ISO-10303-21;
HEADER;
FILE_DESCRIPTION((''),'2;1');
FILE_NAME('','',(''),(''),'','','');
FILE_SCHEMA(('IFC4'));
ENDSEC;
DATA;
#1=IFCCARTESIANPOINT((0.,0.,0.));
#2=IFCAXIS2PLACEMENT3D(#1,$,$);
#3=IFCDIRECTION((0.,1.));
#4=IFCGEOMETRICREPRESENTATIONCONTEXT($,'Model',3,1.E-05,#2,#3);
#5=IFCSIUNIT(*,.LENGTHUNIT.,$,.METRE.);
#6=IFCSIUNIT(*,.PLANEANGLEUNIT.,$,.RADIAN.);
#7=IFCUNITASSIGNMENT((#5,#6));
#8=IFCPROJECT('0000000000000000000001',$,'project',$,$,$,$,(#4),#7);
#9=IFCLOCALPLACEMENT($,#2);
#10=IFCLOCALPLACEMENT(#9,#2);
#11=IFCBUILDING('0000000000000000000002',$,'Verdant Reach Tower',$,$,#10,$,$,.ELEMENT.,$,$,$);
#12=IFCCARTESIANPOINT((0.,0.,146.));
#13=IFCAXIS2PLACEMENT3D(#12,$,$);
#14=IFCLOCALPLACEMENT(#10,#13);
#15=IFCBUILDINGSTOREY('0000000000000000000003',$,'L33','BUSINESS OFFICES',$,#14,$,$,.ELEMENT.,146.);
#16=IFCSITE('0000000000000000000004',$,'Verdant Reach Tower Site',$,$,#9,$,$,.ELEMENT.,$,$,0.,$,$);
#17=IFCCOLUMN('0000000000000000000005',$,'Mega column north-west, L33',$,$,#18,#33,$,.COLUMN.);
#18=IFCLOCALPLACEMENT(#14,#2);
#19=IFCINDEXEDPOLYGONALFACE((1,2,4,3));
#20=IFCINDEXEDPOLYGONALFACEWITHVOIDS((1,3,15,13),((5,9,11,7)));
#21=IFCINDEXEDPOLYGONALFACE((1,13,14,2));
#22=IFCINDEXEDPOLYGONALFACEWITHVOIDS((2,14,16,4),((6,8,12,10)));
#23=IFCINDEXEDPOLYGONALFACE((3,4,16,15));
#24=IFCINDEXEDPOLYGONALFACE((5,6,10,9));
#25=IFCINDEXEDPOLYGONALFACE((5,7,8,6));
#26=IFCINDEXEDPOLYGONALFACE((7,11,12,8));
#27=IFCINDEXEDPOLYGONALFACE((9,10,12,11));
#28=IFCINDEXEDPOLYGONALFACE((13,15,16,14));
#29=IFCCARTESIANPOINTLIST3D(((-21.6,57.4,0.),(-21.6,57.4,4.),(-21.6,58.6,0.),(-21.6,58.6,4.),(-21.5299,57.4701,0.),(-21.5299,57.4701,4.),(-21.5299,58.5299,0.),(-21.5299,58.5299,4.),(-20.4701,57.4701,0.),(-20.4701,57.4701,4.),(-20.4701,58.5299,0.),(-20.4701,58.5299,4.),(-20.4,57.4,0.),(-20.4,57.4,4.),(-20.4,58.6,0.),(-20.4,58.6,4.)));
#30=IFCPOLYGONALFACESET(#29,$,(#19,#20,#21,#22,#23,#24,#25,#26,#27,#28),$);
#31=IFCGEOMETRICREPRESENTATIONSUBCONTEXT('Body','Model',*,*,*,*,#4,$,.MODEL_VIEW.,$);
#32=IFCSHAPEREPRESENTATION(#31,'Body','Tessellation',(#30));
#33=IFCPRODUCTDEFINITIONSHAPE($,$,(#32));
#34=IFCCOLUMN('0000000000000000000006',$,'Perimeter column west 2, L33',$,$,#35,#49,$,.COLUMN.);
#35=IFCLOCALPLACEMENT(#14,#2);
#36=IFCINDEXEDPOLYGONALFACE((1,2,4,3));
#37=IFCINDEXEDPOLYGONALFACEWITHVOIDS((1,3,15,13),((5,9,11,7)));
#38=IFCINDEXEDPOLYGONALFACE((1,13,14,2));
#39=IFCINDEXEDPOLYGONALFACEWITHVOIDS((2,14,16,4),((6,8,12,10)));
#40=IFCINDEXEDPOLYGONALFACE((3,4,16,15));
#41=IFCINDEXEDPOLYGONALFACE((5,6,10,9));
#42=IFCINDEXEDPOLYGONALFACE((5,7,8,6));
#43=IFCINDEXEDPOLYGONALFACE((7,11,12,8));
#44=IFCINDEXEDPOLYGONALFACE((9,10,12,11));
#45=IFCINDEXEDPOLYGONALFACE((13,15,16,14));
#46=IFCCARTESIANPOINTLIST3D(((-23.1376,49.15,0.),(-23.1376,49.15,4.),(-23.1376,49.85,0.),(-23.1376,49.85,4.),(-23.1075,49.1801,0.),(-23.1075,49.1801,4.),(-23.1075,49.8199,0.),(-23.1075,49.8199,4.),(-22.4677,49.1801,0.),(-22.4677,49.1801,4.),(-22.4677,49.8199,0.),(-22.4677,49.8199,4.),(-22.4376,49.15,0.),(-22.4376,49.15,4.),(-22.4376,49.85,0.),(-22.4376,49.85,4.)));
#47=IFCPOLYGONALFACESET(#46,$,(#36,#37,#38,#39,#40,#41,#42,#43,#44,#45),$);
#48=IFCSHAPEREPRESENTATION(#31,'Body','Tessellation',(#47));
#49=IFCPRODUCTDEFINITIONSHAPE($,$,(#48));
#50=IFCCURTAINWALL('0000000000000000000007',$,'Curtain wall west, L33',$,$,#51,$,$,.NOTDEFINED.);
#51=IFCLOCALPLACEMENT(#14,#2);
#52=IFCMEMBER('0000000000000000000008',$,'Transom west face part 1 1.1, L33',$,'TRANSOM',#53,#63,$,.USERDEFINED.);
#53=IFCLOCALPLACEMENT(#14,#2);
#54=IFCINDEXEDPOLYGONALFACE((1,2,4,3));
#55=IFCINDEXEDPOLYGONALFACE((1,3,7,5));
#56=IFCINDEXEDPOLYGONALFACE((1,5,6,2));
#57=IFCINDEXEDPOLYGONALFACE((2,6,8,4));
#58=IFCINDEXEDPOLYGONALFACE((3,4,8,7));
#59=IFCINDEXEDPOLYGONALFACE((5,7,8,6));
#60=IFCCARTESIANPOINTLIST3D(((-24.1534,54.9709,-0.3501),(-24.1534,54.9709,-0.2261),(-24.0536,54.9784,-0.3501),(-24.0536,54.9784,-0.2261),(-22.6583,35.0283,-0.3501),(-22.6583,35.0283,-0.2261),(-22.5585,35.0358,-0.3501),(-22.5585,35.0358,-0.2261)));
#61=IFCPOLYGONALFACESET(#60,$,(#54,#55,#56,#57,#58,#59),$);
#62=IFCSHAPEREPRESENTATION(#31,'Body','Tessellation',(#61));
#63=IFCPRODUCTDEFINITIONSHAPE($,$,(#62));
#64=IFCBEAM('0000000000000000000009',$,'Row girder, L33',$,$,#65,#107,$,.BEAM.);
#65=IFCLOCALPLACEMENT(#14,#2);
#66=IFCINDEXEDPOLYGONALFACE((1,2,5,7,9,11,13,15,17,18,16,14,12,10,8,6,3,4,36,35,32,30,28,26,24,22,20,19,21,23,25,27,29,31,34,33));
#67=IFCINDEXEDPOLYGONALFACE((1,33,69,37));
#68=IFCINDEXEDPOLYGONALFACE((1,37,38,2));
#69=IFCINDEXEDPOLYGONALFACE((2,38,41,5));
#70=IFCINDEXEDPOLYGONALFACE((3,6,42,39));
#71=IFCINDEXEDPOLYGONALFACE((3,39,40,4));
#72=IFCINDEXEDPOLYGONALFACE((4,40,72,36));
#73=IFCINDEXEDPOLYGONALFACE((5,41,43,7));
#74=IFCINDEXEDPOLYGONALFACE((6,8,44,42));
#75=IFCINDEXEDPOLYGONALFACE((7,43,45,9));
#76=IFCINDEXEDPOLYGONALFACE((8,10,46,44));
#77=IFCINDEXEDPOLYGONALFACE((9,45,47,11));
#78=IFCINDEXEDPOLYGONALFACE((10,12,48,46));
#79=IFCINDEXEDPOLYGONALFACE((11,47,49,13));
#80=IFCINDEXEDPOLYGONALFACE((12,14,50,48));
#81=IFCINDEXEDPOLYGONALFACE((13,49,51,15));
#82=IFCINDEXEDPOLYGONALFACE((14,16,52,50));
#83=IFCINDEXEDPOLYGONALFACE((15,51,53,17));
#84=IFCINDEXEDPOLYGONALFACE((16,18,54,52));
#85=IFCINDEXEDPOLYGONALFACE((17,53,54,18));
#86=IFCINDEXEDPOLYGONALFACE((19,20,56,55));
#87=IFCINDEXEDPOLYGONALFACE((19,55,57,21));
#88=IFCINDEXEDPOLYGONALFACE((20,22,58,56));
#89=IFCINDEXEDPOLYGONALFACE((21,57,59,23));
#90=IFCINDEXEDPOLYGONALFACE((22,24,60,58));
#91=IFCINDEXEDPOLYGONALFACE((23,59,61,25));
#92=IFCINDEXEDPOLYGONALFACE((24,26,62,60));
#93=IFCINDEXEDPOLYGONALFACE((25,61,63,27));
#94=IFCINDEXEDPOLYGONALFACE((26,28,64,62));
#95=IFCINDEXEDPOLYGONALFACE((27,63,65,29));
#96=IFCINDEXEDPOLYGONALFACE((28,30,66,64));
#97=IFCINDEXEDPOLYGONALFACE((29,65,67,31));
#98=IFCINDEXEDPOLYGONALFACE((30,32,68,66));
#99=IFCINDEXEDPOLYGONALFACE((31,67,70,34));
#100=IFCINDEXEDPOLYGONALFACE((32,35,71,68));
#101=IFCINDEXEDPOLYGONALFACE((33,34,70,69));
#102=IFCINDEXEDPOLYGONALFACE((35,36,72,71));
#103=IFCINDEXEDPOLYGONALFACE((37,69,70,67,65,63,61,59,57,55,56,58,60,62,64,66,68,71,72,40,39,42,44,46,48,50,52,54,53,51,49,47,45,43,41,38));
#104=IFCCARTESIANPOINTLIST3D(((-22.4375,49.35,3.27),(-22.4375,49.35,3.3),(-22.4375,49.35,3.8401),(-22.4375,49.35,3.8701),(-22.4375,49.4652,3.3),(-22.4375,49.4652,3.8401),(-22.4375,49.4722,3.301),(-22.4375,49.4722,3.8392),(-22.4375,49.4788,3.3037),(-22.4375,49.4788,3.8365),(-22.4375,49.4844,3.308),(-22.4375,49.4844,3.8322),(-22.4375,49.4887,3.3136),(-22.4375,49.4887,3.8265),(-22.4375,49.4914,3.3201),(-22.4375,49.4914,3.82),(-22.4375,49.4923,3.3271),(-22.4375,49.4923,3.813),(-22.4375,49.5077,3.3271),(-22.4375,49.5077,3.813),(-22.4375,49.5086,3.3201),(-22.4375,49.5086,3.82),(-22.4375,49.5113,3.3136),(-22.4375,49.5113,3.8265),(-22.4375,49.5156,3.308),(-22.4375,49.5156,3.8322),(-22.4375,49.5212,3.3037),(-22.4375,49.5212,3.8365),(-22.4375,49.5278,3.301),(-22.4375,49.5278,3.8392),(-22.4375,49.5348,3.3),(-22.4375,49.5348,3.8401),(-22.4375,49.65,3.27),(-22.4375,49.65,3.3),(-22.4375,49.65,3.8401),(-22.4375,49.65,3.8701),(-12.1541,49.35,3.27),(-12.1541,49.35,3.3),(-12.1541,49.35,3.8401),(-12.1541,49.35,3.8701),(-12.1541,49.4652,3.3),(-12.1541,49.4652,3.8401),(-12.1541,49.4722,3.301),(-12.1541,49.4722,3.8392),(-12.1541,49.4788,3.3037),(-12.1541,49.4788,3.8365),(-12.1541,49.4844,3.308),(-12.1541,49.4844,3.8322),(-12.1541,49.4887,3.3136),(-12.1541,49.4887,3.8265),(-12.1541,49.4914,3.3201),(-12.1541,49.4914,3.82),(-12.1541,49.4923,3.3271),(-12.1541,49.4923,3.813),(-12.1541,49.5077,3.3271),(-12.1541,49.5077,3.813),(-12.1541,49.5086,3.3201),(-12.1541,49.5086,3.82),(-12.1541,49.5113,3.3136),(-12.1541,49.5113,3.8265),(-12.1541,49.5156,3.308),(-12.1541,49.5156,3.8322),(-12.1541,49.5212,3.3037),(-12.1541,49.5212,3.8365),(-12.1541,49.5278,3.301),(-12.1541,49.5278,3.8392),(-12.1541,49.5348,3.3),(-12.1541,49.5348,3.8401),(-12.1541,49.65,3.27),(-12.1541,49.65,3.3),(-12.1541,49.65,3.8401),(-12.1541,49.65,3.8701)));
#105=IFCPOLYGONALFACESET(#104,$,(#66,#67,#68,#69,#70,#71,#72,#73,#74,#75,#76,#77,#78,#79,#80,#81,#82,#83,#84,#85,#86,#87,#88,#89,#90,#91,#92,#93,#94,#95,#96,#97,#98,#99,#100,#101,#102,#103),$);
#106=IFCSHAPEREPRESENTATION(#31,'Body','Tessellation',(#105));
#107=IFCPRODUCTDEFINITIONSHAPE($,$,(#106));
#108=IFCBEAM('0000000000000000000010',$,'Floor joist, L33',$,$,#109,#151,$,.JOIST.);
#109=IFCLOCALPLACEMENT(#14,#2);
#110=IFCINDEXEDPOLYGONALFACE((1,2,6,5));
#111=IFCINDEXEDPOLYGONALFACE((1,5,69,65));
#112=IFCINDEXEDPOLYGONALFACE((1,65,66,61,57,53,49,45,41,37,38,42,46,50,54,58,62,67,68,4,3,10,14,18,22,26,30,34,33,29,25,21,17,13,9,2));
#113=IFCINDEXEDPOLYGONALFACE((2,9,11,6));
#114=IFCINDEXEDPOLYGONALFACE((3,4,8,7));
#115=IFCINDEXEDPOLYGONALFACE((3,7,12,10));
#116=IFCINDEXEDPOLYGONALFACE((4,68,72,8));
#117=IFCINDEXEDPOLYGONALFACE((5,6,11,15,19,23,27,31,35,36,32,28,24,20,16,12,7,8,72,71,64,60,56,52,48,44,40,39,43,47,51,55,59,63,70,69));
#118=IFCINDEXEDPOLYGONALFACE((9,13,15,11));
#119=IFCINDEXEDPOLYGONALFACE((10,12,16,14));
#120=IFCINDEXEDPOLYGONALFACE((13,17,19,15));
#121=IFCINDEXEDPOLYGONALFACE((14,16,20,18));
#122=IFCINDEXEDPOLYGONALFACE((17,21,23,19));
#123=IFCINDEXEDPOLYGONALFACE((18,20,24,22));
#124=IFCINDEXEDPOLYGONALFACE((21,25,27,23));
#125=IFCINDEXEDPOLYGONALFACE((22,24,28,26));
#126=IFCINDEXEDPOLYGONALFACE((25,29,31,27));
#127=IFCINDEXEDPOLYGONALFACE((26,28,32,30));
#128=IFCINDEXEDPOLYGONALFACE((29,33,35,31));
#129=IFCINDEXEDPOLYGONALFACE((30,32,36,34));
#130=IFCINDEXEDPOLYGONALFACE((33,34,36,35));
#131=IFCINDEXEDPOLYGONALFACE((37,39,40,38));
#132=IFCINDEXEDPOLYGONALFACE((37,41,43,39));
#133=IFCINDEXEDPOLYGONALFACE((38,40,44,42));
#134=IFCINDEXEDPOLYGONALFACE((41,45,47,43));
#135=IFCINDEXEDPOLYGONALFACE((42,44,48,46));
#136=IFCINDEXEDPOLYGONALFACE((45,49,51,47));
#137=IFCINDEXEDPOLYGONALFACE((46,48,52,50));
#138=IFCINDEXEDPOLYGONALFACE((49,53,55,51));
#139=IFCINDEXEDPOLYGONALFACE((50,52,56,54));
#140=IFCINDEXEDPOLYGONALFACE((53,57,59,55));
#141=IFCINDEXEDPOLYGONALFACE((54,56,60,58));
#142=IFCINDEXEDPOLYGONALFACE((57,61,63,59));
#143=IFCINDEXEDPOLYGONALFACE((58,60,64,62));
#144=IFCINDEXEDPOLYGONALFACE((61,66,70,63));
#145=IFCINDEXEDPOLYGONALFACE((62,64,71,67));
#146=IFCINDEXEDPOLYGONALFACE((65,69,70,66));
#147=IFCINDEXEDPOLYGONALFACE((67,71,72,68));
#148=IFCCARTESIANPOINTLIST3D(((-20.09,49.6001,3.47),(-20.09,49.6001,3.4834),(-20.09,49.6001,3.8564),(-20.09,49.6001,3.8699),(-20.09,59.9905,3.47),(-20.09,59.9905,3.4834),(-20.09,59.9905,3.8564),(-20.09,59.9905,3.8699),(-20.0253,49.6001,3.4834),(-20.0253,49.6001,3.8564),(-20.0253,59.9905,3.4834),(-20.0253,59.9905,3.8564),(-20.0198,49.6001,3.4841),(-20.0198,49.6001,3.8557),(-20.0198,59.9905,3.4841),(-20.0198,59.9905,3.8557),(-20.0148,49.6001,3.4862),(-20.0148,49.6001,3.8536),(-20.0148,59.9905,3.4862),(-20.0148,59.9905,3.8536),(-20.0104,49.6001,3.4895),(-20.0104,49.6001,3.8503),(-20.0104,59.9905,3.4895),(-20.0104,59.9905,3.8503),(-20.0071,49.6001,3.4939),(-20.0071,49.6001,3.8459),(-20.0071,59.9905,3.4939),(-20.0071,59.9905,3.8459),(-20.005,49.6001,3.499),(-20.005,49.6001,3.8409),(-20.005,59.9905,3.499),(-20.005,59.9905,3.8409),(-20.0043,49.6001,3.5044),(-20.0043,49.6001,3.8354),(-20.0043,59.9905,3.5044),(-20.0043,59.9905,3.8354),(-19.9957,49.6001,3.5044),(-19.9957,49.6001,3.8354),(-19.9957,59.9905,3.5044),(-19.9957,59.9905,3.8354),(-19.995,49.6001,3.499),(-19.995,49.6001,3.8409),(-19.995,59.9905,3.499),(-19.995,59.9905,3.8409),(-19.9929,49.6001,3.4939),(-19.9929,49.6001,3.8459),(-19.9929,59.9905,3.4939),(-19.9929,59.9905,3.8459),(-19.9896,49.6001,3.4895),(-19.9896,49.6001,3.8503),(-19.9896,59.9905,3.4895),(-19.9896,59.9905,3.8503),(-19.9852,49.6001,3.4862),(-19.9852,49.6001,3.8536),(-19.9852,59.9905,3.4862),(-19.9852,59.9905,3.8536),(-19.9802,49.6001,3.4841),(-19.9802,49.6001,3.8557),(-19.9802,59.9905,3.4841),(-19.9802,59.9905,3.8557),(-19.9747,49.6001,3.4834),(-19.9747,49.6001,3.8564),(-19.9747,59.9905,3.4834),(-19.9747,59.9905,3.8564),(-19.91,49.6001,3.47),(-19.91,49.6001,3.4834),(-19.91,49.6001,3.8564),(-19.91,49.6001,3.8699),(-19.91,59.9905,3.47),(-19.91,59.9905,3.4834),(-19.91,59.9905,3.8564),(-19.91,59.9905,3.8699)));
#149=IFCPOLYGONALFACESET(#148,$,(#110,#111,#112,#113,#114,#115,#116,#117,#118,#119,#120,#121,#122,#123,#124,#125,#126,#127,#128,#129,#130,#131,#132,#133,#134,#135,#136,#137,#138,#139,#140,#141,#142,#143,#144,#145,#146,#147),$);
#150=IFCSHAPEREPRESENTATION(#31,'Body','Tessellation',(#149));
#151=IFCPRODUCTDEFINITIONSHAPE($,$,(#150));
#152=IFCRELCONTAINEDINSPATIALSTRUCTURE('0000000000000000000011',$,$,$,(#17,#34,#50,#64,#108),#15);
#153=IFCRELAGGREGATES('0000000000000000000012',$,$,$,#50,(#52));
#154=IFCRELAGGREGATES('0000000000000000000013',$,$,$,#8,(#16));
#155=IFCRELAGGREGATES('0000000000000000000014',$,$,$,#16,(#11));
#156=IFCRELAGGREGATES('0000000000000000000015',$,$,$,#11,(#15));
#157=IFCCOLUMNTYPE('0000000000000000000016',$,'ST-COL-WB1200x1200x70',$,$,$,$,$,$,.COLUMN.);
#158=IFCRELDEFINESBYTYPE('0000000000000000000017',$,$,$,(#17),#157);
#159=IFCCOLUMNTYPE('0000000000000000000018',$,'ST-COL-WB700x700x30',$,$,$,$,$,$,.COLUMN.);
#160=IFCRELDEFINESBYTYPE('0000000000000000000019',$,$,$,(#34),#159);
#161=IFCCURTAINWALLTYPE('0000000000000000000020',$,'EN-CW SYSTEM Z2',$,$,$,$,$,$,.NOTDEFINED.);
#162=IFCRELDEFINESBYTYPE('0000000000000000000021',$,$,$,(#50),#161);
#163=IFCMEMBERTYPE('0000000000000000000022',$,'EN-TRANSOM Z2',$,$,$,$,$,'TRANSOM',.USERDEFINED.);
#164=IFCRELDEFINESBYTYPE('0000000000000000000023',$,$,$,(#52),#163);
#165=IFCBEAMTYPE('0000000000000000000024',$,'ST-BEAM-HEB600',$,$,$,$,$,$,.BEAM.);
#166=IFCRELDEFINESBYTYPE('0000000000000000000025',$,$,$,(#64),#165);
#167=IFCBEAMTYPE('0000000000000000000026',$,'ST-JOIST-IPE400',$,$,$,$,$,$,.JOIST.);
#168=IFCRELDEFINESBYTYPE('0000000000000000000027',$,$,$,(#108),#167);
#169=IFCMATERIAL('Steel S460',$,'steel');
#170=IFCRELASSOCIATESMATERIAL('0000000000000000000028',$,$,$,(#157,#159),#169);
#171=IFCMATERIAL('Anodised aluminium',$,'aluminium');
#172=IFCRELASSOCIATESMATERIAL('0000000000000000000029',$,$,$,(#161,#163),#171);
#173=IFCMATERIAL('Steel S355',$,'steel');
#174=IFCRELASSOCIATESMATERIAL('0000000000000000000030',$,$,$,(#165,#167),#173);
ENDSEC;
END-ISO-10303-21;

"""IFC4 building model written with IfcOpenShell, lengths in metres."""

from ifc_helpers import new_model, si_unit, direction, frame, origin, origin_2d, place, context, subcontext, project, spatial, rectangle, hollow_rectangle, i_section, extrude, material, material_profile, profile_set, type_object, element, aggregate, save


model = new_model("IFC4")

# Units and contexts
model_context = context("Model", 3, precision=1e-05, world=origin(), true_north=direction((0.0, 1.0)))
body_context = subcontext(model_context, "Body", "Model", "MODEL_VIEW")
ifc_project = project(units=[si_unit("LENGTHUNIT", "METRE"), si_unit("PLANEANGLEUNIT", "RADIAN")], contexts=[model_context])

# Site, building, storey
site_placement = place(None, origin())
site = spatial("IfcSite", under=ifc_project, at=site_placement, Name="Verdant Reach Tower Site", CompositionType="ELEMENT", RefElevation=0.0)
building_placement = place(site_placement, origin())
building = spatial("IfcBuilding", under=site, at=building_placement, Name="Verdant Reach Tower", CompositionType="ELEMENT")
storey_placement = place(building_placement, frame((0.0, 0.0, 146.0)))
storey = spatial("IfcBuildingStorey", under=building, at=storey_placement, Name="L33", Description="BUSINESS OFFICES", CompositionType="ELEMENT", Elevation=146.0)

# Columns
ifc_material_1 = material(Name="Steel S460", Category="steel")
ifc_material_profile_1 = material_profile(ifc_material_1, hollow_rectangle(XDim=1.2, YDim=1.2, WallThickness=0.0701, at=origin_2d()), Name="WB 1200x1200x70")
ifc_profile_set_1 = profile_set([ifc_material_profile_1], Name="Steel S460")
column_type_1 = type_object("IfcColumnType", Name="ST-COL-WB1200x1200x70", PredefinedType="COLUMN", material=ifc_profile_set_1)
column_1_placement = place(storey_placement, frame((-21.0, 58.0, 0.0), z_axis=(0.0, 0.0, 1.0), x_axis=(1.0, 0.0, 0.0)))
element("IfcColumn", 1, at=column_1_placement, inside=storey, type_object=column_type_1, Name="Mega column north-west, L33", PredefinedType="COLUMN", context=body_context, shape_type="SweptSolid", body=[
    extrude(hollow_rectangle(XDim=1.2, YDim=1.2, WallThickness=0.0701, at=origin_2d()), origin(), (0.0, 0.0, 1.0), 4.0),
])
ifc_material_profile_2 = material_profile(ifc_material_1, hollow_rectangle(XDim=0.7, YDim=0.7, WallThickness=0.03, at=origin_2d()), Name="WB 700x700x30")
ifc_profile_set_2 = profile_set([ifc_material_profile_2], Name="Steel S460")
column_type_2 = type_object("IfcColumnType", Name="ST-COL-WB700x700x30", PredefinedType="COLUMN", material=ifc_profile_set_2)
column_2_placement = place(storey_placement, frame((-22.7876, 49.5, 0.0), z_axis=(0.0, 0.0, 1.0), x_axis=(1.0, 0.0, 0.0)))
element("IfcColumn", 2, at=column_2_placement, inside=storey, type_object=column_type_2, Name="Perimeter column west 2, L33", PredefinedType="COLUMN", context=body_context, shape_type="SweptSolid", body=[
    extrude(hollow_rectangle(XDim=0.7, YDim=0.7, WallThickness=0.03, at=origin_2d()), origin(), (0.0, 0.0, 1.0), 4.0),
])

# Curtain wall, member
ifc_material_2 = material(Name="Anodised aluminium", Category="aluminium")
curtain_wall_type = type_object("IfcCurtainWallType", Name="EN-CW SYSTEM Z2", PredefinedType="NOTDEFINED", material=ifc_material_2)
curtain_wall_1_placement = place(storey_placement, origin())
curtain_wall_1 = element("IfcCurtainWall", 3, at=curtain_wall_1_placement, inside=storey, type_object=curtain_wall_type, Name="Curtain wall west, L33", PredefinedType="NOTDEFINED")
ifc_material_profile_3 = material_profile(ifc_material_2, rectangle(XDim=0.1001, YDim=0.124, at=origin_2d()), Name="Transom 124x100")
ifc_profile_set_3 = profile_set([ifc_material_profile_3], Name="Anodised aluminium")
member_type = type_object("IfcMemberType", Name="EN-TRANSOM Z2", ElementType="TRANSOM", PredefinedType="USERDEFINED", material=ifc_profile_set_3)
member_placement = place(storey_placement, frame((-24.1035, 54.9746, -0.2881), z_axis=(0.074761, -0.997201, 0.0), x_axis=(0.997201, 0.074761, 0.0)))
member = element("IfcMember", 4, at=member_placement, type_object=member_type, Name="Transom west face part 1 1.1, L33", ObjectType="TRANSOM", PredefinedType="USERDEFINED", context=body_context, shape_type="SweptSolid", body=[
    extrude(rectangle(XDim=0.1001, YDim=0.124, at=origin_2d()), origin(), (0.0, 0.0, 1.0), 19.9985),
])

# Beams
ifc_material_3 = material(Name="Steel S355", Category="steel")
ifc_material_profile_4 = material_profile(ifc_material_3, i_section(OverallWidth=0.3, OverallDepth=0.6001, WebThickness=0.0154, FlangeThickness=0.03, FilletRadius=0.0271, at=origin_2d()), Name="HEB 600")
ifc_profile_set_4 = profile_set([ifc_material_profile_4], Name="Steel S355")
beam_type_1 = type_object("IfcBeamType", Name="ST-BEAM-HEB600", PredefinedType="BEAM", material=ifc_profile_set_4)
beam_1_placement = place(storey_placement, frame((-22.4375, 49.5, 3.5701), z_axis=(1.0, 0.0, 0.0), x_axis=(0.0, 1.0, 0.0)))
element("IfcBeam", 5, at=beam_1_placement, inside=storey, type_object=beam_type_1, Name="Row girder, L33", PredefinedType="BEAM", context=body_context, shape_type="SweptSolid", body=[
    extrude(i_section(OverallWidth=0.3, OverallDepth=0.6001, WebThickness=0.0154, FlangeThickness=0.03, FilletRadius=0.0271, at=origin_2d()), origin(), (0.0, 0.0, 1.0), 10.2834),
])
ifc_material_profile_5 = material_profile(ifc_material_3, i_section(OverallWidth=0.1799, OverallDepth=0.3999, WebThickness=0.0085, FlangeThickness=0.0134, FilletRadius=0.021, at=origin_2d()), Name="IPE 400")
ifc_profile_set_5 = profile_set([ifc_material_profile_5], Name="Steel S355")
beam_type_2 = type_object("IfcBeamType", Name="ST-JOIST-IPE400", PredefinedType="JOIST", material=ifc_profile_set_5)
beam_2_placement = place(storey_placement, frame((-20.0, 49.6001, 3.6699), z_axis=(0.0, 1.0, 0.0), x_axis=(-1.0, 0.0, 0.0)))
element("IfcBeam", 6, at=beam_2_placement, inside=storey, type_object=beam_type_2, Name="Floor joist, L33", PredefinedType="JOIST", context=body_context, shape_type="SweptSolid", body=[
    extrude(i_section(OverallWidth=0.1799, OverallDepth=0.3999, WebThickness=0.0085, FlangeThickness=0.0134, FilletRadius=0.021, at=origin_2d()), origin(), (0.0, 0.0, 1.0), 10.3904),
])

aggregate(curtain_wall_1, [member])

save(model, "model.ifc")
